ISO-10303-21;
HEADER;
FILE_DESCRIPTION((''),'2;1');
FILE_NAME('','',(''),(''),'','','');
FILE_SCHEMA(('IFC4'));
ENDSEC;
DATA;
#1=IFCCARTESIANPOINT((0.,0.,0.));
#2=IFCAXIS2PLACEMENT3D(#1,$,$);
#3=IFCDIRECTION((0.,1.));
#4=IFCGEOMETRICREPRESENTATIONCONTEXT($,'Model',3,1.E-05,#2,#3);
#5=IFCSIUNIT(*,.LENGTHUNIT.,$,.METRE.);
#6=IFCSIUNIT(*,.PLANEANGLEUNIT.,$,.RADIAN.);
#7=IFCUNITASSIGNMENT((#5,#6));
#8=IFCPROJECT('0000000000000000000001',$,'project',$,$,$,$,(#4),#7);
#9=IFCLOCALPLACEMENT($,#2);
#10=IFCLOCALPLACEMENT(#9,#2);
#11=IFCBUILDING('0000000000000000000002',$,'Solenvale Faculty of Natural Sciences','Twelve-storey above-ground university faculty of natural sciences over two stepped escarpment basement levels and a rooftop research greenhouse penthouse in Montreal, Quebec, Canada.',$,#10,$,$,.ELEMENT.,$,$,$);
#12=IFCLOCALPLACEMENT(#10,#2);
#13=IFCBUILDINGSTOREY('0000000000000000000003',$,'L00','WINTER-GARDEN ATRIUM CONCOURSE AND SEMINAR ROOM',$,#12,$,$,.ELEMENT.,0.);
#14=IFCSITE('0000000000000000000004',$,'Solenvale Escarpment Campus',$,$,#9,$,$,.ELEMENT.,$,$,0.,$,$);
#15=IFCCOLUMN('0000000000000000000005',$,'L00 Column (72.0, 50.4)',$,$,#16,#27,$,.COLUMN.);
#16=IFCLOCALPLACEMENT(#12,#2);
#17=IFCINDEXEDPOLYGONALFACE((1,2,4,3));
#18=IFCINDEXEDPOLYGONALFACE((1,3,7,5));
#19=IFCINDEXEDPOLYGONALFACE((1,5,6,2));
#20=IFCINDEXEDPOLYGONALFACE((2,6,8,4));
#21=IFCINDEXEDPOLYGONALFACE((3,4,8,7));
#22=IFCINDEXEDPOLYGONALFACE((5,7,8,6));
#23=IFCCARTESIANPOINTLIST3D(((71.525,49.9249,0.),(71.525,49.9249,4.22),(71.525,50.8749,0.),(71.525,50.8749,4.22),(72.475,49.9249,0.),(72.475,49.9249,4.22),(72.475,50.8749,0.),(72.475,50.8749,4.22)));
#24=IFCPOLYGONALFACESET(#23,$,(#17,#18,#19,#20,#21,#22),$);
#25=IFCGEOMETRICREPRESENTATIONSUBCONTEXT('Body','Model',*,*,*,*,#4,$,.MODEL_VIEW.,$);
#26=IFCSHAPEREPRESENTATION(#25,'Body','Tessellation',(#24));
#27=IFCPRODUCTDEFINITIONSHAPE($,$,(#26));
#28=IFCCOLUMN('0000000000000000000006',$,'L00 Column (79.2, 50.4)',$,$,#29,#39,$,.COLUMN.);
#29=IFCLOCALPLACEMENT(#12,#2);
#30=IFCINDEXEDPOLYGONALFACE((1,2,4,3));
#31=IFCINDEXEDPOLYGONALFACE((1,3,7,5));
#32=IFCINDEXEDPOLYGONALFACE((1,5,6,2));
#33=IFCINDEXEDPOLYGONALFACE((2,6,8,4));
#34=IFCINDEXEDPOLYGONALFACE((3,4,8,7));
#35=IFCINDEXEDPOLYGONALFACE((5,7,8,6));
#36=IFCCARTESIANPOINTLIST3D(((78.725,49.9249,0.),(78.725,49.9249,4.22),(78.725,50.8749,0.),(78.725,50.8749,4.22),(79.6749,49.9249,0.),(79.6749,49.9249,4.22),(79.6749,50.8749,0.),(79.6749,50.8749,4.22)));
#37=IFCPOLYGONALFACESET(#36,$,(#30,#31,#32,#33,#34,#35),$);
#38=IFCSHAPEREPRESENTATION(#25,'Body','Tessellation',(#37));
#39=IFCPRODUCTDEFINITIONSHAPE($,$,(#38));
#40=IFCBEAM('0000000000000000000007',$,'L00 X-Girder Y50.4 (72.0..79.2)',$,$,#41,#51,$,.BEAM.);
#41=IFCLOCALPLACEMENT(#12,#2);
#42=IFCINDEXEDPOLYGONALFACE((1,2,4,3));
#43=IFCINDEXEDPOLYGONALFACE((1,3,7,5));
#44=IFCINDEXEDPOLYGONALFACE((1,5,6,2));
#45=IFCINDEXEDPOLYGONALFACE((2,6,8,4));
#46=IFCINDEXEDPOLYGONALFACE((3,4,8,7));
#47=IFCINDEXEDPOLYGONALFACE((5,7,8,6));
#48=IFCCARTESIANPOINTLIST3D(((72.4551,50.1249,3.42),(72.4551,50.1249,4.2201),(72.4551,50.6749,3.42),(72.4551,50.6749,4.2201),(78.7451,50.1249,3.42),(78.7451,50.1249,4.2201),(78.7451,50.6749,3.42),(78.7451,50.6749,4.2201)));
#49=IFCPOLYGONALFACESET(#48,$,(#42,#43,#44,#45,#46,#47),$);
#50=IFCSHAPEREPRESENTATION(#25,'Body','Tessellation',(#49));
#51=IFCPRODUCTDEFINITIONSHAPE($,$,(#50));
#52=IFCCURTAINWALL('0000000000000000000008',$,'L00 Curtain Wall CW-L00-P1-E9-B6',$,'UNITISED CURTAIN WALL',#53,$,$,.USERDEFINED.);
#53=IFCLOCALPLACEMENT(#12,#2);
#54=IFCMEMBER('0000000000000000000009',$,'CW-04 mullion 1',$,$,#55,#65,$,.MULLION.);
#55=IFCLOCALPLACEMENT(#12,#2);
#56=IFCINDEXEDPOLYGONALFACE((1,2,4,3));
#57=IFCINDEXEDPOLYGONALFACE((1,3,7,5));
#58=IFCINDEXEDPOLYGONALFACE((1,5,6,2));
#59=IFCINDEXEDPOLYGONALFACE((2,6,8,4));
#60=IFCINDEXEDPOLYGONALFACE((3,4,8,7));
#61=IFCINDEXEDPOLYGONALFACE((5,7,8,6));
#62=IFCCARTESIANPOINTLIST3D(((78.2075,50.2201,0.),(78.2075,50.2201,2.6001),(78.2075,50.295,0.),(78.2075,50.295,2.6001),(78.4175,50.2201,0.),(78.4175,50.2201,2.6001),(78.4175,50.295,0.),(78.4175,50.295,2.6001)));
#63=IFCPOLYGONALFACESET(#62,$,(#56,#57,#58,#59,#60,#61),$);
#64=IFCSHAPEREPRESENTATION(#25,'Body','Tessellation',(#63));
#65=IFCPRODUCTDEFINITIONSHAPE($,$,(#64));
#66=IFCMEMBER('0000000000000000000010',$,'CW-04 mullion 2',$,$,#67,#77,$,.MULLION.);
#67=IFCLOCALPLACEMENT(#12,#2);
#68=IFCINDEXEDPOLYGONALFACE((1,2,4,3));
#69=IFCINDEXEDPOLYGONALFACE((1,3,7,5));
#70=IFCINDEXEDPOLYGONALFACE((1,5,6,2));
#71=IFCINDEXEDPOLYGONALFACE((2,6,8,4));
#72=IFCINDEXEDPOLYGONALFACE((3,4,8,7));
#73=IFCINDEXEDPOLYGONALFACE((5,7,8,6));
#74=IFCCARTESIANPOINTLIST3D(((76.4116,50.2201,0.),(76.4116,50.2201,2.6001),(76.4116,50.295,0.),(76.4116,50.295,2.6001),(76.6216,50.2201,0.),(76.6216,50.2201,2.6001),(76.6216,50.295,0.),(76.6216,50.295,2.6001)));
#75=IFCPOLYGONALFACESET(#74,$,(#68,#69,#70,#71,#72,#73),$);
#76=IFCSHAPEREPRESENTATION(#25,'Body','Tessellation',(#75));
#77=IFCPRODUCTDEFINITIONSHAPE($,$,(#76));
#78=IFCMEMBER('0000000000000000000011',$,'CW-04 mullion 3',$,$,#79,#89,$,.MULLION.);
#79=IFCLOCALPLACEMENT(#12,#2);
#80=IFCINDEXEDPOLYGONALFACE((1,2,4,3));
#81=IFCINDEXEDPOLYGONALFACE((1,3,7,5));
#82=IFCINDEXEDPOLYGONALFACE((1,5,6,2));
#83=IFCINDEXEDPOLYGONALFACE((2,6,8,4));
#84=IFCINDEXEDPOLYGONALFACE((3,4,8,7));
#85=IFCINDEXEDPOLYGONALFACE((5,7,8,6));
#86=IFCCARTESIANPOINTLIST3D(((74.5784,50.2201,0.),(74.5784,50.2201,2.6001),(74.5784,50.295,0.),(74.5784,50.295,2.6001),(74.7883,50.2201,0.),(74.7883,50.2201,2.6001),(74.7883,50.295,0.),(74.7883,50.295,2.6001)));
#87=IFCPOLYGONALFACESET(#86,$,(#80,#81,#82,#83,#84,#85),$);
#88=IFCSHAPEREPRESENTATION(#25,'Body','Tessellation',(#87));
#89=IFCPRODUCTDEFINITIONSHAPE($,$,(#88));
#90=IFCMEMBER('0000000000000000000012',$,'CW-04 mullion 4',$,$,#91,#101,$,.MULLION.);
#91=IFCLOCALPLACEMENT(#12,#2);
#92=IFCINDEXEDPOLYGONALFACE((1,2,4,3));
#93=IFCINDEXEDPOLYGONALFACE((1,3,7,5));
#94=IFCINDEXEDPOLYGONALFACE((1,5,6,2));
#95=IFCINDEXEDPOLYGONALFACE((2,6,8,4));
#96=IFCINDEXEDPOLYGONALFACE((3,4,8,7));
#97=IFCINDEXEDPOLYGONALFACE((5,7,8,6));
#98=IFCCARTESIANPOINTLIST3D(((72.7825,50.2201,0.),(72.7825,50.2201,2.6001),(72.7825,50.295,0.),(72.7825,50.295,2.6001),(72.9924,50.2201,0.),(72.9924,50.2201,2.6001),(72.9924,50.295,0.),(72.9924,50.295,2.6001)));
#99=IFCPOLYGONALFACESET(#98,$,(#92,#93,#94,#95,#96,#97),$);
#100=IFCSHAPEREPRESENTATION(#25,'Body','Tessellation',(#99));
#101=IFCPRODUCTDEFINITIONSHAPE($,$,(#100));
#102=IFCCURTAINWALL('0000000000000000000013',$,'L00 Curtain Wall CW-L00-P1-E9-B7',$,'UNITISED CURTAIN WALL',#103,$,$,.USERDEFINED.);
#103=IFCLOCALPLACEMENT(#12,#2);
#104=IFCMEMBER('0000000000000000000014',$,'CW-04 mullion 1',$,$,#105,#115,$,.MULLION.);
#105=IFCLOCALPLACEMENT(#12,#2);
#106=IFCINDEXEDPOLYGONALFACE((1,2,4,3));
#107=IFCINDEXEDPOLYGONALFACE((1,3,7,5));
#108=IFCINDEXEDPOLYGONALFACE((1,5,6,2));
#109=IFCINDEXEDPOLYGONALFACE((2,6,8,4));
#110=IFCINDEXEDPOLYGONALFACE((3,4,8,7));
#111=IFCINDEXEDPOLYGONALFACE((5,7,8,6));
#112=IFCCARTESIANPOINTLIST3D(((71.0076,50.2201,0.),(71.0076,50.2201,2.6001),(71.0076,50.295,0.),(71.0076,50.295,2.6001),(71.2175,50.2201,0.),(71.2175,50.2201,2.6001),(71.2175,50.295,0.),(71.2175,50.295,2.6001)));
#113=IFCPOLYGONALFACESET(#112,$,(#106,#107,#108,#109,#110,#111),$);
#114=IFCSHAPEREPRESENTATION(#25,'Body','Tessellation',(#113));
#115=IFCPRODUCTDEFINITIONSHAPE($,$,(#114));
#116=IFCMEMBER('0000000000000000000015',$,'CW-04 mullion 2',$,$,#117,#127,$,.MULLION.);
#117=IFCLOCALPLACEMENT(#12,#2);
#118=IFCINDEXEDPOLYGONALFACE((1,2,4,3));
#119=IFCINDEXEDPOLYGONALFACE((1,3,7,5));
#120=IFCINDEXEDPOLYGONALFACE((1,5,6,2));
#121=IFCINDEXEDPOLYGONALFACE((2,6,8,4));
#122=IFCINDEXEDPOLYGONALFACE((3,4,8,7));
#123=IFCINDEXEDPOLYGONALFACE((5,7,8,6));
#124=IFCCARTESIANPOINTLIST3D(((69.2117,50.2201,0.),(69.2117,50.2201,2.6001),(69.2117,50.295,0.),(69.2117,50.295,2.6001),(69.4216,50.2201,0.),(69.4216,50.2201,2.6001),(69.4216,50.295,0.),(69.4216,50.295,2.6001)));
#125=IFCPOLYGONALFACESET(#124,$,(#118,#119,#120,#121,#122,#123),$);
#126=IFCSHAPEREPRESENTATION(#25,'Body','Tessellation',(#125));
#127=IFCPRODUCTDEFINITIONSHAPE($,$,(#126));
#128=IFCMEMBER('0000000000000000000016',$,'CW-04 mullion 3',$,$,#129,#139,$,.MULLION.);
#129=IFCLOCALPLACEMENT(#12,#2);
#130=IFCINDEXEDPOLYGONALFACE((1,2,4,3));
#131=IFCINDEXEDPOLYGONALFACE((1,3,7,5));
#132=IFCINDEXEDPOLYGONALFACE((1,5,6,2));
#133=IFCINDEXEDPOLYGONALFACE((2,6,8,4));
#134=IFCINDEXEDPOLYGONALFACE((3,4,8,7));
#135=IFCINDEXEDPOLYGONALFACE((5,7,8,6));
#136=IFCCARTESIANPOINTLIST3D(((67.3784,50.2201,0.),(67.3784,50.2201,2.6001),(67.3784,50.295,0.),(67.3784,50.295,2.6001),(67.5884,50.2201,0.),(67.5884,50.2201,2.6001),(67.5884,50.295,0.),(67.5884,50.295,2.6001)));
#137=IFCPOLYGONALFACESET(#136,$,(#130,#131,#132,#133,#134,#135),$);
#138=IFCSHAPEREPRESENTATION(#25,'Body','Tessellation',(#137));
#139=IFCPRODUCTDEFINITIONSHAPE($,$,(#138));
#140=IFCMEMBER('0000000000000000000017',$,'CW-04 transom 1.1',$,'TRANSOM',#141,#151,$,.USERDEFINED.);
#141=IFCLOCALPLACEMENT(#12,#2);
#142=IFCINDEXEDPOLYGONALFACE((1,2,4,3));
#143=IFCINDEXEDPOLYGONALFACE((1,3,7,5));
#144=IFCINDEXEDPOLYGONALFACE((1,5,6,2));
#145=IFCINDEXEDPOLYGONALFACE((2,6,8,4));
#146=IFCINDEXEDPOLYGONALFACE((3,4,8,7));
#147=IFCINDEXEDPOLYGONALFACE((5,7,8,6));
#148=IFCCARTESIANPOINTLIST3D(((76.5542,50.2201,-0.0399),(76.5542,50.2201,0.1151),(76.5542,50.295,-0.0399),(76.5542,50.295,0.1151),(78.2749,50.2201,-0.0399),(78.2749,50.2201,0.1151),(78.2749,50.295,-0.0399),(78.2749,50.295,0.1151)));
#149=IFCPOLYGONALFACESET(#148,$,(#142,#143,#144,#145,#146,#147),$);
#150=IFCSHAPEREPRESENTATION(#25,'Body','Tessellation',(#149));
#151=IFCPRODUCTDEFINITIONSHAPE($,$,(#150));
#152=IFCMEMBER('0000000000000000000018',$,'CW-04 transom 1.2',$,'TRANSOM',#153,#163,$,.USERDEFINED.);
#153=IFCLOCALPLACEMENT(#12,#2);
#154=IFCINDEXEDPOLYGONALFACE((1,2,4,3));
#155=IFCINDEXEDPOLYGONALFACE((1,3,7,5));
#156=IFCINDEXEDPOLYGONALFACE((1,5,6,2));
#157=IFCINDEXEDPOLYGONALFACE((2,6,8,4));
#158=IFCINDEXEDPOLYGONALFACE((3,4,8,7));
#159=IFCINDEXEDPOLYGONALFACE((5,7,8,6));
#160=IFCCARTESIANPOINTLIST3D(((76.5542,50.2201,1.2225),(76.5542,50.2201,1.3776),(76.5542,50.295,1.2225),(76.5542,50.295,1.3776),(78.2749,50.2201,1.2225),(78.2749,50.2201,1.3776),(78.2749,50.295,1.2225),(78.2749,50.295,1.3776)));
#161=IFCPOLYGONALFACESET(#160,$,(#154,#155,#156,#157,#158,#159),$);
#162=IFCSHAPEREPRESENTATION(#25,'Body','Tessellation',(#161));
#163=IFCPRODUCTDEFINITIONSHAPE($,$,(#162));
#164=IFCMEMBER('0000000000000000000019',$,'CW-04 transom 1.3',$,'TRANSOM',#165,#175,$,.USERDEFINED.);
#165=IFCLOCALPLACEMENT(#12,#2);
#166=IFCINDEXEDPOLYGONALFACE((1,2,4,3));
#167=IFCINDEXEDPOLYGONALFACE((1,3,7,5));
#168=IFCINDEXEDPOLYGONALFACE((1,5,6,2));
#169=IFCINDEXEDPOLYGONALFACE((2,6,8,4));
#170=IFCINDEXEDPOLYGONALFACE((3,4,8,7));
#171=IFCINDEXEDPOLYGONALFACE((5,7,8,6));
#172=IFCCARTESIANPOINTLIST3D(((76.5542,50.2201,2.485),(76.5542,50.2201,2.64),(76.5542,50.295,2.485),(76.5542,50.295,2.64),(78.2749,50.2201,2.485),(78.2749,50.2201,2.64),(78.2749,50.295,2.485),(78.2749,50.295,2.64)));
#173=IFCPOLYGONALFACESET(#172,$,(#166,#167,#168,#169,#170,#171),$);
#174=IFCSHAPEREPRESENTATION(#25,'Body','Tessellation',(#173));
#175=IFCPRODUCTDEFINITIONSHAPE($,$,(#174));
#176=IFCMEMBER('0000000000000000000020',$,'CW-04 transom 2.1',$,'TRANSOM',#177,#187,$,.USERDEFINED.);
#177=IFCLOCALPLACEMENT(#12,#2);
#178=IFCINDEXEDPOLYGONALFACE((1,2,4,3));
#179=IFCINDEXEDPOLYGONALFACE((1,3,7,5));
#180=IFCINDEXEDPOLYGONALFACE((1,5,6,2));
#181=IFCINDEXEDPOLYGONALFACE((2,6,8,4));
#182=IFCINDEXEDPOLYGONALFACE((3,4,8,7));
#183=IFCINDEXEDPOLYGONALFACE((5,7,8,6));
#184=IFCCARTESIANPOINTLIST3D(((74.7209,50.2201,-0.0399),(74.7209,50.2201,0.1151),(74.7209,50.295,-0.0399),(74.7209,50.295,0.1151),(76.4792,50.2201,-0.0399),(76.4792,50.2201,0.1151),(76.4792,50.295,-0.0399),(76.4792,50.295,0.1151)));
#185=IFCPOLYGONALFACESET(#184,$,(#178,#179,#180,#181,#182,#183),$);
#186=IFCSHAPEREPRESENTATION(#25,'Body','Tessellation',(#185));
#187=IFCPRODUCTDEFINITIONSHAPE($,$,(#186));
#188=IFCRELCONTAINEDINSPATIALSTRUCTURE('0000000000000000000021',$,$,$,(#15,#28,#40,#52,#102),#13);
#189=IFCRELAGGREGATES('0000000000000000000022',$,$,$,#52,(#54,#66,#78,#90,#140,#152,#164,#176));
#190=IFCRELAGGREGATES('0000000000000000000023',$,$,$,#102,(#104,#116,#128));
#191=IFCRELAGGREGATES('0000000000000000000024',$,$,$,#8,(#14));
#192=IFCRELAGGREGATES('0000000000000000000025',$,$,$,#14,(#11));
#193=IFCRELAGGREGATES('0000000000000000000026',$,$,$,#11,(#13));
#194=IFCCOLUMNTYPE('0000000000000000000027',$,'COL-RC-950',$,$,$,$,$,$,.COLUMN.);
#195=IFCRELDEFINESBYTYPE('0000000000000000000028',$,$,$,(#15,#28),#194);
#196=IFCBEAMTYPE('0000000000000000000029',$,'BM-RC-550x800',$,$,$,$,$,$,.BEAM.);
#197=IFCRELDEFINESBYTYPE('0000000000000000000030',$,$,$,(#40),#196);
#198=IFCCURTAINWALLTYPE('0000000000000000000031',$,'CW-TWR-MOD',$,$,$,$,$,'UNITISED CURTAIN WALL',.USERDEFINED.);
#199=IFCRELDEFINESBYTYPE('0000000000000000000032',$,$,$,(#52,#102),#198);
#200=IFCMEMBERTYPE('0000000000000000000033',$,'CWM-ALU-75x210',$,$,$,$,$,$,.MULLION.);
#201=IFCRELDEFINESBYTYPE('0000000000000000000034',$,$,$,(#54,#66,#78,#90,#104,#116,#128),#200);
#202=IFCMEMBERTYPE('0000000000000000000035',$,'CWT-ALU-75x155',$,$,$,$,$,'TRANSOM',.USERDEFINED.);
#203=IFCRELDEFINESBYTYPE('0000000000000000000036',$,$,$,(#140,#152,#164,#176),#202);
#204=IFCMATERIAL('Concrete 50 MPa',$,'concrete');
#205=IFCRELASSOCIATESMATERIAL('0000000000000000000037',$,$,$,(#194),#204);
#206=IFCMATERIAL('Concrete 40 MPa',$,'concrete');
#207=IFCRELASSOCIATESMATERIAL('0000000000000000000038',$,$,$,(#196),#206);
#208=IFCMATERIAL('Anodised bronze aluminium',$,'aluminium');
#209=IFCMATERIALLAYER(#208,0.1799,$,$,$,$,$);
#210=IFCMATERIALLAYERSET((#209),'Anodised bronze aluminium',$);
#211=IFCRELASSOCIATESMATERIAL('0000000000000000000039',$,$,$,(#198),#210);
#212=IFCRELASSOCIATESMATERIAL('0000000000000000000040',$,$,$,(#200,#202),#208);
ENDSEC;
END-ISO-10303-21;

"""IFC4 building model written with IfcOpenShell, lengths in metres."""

from ifc_helpers import new_model, si_unit, direction, frame, origin, origin_2d, place, context, subcontext, project, spatial, rectangle, extrude, material, layer, layer_set, material_profile, profile_set, type_object, element, aggregate, save


model = new_model("IFC4")

# Units and contexts
model_context = context("Model", 3, precision=1e-05, world=origin(), true_north=direction((0.0, 1.0)))
body_context = subcontext(model_context, "Body", "Model", "MODEL_VIEW")
ifc_project = project(units=[si_unit("LENGTHUNIT", "METRE"), si_unit("PLANEANGLEUNIT", "RADIAN")], contexts=[model_context])

# Site, building, storey
site_placement = place(None, origin())
site = spatial("IfcSite", under=ifc_project, at=site_placement, Name="Solenvale Escarpment Campus", CompositionType="ELEMENT", RefElevation=0.0)
building_placement = place(site_placement, origin())
building = spatial("IfcBuilding", under=site, at=building_placement, Name="Solenvale Faculty of Natural Sciences", Description="Twelve-storey above-ground university faculty of natural sciences over two stepped escarpment basement levels and a rooftop research greenhouse penthouse in Montreal, Quebec, Canada.", CompositionType="ELEMENT")
storey_placement = place(building_placement, origin())
storey = spatial("IfcBuildingStorey", under=building, at=storey_placement, Name="L00", Description="WINTER-GARDEN ATRIUM CONCOURSE AND SEMINAR ROOM", CompositionType="ELEMENT", Elevation=0.0)

# Columns
ifc_material_1 = material(Name="Concrete 50 MPa", Category="concrete")
ifc_material_profile_1 = material_profile(ifc_material_1, rectangle(XDim=0.95, YDim=0.95, at=origin_2d()), Name="RC-COL-950x950")
ifc_profile_set_1 = profile_set([ifc_material_profile_1], Name="Concrete 50 MPa")
column_type = type_object("IfcColumnType", Name="COL-RC-950", PredefinedType="COLUMN", material=ifc_profile_set_1)
for number, where, z_axis, x_axis, name in (
    (1, (72.0, 50.3999, 0.0), (0.0, 0.0, 1.0), (1.0, 0.0, 0.0), "L00 Column (72.0, 50.4)"),
    (2, (79.2, 50.3999, 0.0), (0.0, 0.0, 1.0), (1.0, 0.0, 0.0), "L00 Column (79.2, 50.4)"),
):
    element("IfcColumn", number, at=place(storey_placement, frame(where, z_axis=z_axis, x_axis=x_axis)), inside=storey, type_object=column_type, Name=name, PredefinedType="COLUMN", context=body_context, shape_type="SweptSolid", body=[
        extrude(rectangle(XDim=0.95, YDim=0.95, at=origin_2d()), origin(), (0.0, 0.0, 1.0), 4.22),
    ])

# Beam
ifc_material_2 = material(Name="Concrete 40 MPa", Category="concrete")
ifc_material_profile_2 = material_profile(ifc_material_2, rectangle(XDim=0.55, YDim=0.8, at=origin_2d()), Name="RC-BM-550x800")
ifc_profile_set_2 = profile_set([ifc_material_profile_2], Name="Concrete 40 MPa")
beam_type = type_object("IfcBeamType", Name="BM-RC-550x800", PredefinedType="BEAM", material=ifc_profile_set_2)
beam_placement = place(storey_placement, frame((72.4551, 50.3999, 3.8201), z_axis=(1.0, 0.0, 0.0), x_axis=(0.0, 1.0, 0.0)))
element("IfcBeam", 3, at=beam_placement, inside=storey, type_object=beam_type, Name="L00 X-Girder Y50.4 (72.0..79.2)", PredefinedType="BEAM", context=body_context, shape_type="SweptSolid", body=[
    extrude(rectangle(XDim=0.55, YDim=0.8, at=origin_2d()), origin(), (0.0, 0.0, 1.0), 6.29),
])

# Curtain walls, members
ifc_material_3 = material(Name="Anodised bronze aluminium", Category="aluminium")
ifc_layer_1 = layer(ifc_material_3, 0.1799)
ifc_layer_set_1 = layer_set([ifc_layer_1], Name="Anodised bronze aluminium")
curtain_wall_type = type_object("IfcCurtainWallType", Name="CW-TWR-MOD", ElementType="UNITISED CURTAIN WALL", PredefinedType="USERDEFINED", material=ifc_layer_set_1)
curtain_wall_1_placement = place(storey_placement, origin())
curtain_wall_1 = element("IfcCurtainWall", 4, at=curtain_wall_1_placement, inside=storey, type_object=curtain_wall_type, Name="L00 Curtain Wall CW-L00-P1-E9-B6", ObjectType="UNITISED CURTAIN WALL", PredefinedType="USERDEFINED")
ifc_material_profile_3 = material_profile(ifc_material_3, rectangle(XDim=0.075, YDim=0.21, at=origin_2d()), Name="ALU-MUL-75x210")
ifc_profile_set_3 = profile_set([ifc_material_profile_3], Name="Anodised bronze aluminium")
member_type_1 = type_object("IfcMemberType", Name="CWM-ALU-75x210", PredefinedType="MULLION", material=ifc_profile_set_3)
member_1_placement = place(storey_placement, frame((78.3125, 50.2576, 0.0), z_axis=(0.0, 0.0, 1.0), x_axis=(0.0, -1.0, 0.0)))
member_1 = element("IfcMember", 5, at=member_1_placement, type_object=member_type_1, Name="CW-04 mullion 1", PredefinedType="MULLION", context=body_context, shape_type="SweptSolid", body=[
    extrude(rectangle(XDim=0.075, YDim=0.21, at=origin_2d()), origin(), (0.0, 0.0, 1.0), 2.6001),
])
member_2_placement = place(storey_placement, frame((76.5166, 50.2576, 0.0), z_axis=(0.0, 0.0, 1.0), x_axis=(0.0, -1.0, 0.0)))
member_2 = element("IfcMember", 6, at=member_2_placement, type_object=member_type_1, Name="CW-04 mullion 2", PredefinedType="MULLION", context=body_context, shape_type="SweptSolid", body=[
    extrude(rectangle(XDim=0.075, YDim=0.21, at=origin_2d()), origin(), (0.0, 0.0, 1.0), 2.6001),
])
member_3_placement = place(storey_placement, frame((74.6833, 50.2576, 0.0), z_axis=(0.0, 0.0, 1.0), x_axis=(0.0, -1.0, 0.0)))
member_3 = element("IfcMember", 7, at=member_3_placement, type_object=member_type_1, Name="CW-04 mullion 3", PredefinedType="MULLION", context=body_context, shape_type="SweptSolid", body=[
    extrude(rectangle(XDim=0.075, YDim=0.21, at=origin_2d()), origin(), (0.0, 0.0, 1.0), 2.6001),
])
member_4_placement = place(storey_placement, frame((72.8875, 50.2576, 0.0), z_axis=(0.0, 0.0, 1.0), x_axis=(0.0, -1.0, 0.0)))
member_4 = element("IfcMember", 8, at=member_4_placement, type_object=member_type_1, Name="CW-04 mullion 4", PredefinedType="MULLION", context=body_context, shape_type="SweptSolid", body=[
    extrude(rectangle(XDim=0.075, YDim=0.21, at=origin_2d()), origin(), (0.0, 0.0, 1.0), 2.6001),
])
curtain_wall_2_placement = place(storey_placement, origin())
curtain_wall_2 = element("IfcCurtainWall", 9, at=curtain_wall_2_placement, inside=storey, type_object=curtain_wall_type, Name="L00 Curtain Wall CW-L00-P1-E9-B7", ObjectType="UNITISED CURTAIN WALL", PredefinedType="USERDEFINED")
member_5_placement = place(storey_placement, frame((71.1125, 50.2576, 0.0), z_axis=(0.0, 0.0, 1.0), x_axis=(0.0, -1.0, 0.0)))
member_5 = element("IfcMember", 10, at=member_5_placement, type_object=member_type_1, Name="CW-04 mullion 1", PredefinedType="MULLION", context=body_context, shape_type="SweptSolid", body=[
    extrude(rectangle(XDim=0.075, YDim=0.21, at=origin_2d()), origin(), (0.0, 0.0, 1.0), 2.6001),
])
member_6_placement = place(storey_placement, frame((69.3167, 50.2576, 0.0), z_axis=(0.0, 0.0, 1.0), x_axis=(0.0, -1.0, 0.0)))
member_6 = element("IfcMember", 11, at=member_6_placement, type_object=member_type_1, Name="CW-04 mullion 2", PredefinedType="MULLION", context=body_context, shape_type="SweptSolid", body=[
    extrude(rectangle(XDim=0.075, YDim=0.21, at=origin_2d()), origin(), (0.0, 0.0, 1.0), 2.6001),
])
member_7_placement = place(storey_placement, frame((67.4834, 50.2576, 0.0), z_axis=(0.0, 0.0, 1.0), x_axis=(0.0, -1.0, 0.0)))
member_7 = element("IfcMember", 12, at=member_7_placement, type_object=member_type_1, Name="CW-04 mullion 3", PredefinedType="MULLION", context=body_context, shape_type="SweptSolid", body=[
    extrude(rectangle(XDim=0.075, YDim=0.21, at=origin_2d()), origin(), (0.0, 0.0, 1.0), 2.6001),
])

# Members
ifc_material_profile_4 = material_profile(ifc_material_3, rectangle(XDim=0.075, YDim=0.155, at=origin_2d()), Name="ALU-TRN-75x155")
ifc_profile_set_4 = profile_set([ifc_material_profile_4], Name="Anodised bronze aluminium")
member_type_2 = type_object("IfcMemberType", Name="CWT-ALU-75x155", ElementType="TRANSOM", PredefinedType="USERDEFINED", material=ifc_profile_set_4)
member_8_placement = place(storey_placement, frame((78.2749, 50.2576, 0.0376), z_axis=(-1.0, 0.0, 0.0), x_axis=(0.0, -1.0, 0.0)))
member_8 = element("IfcMember", 13, at=member_8_placement, type_object=member_type_2, Name="CW-04 transom 1.1", ObjectType="TRANSOM", PredefinedType="USERDEFINED", context=body_context, shape_type="SweptSolid", body=[
    extrude(rectangle(XDim=0.075, YDim=0.155, at=origin_2d()), origin(), (0.0, 0.0, 1.0), 1.7207),
])
member_9_placement = place(storey_placement, frame((78.2749, 50.2576, 1.3), z_axis=(-1.0, 0.0, 0.0), x_axis=(0.0, -1.0, 0.0)))
member_9 = element("IfcMember", 14, at=member_9_placement, type_object=member_type_2, Name="CW-04 transom 1.2", ObjectType="TRANSOM", PredefinedType="USERDEFINED", context=body_context, shape_type="SweptSolid", body=[
    extrude(rectangle(XDim=0.075, YDim=0.155, at=origin_2d()), origin(), (0.0, 0.0, 1.0), 1.7207),
])
member_10_placement = place(storey_placement, frame((78.2749, 50.2576, 2.5625), z_axis=(-1.0, 0.0, 0.0), x_axis=(0.0, -1.0, 0.0)))
member_10 = element("IfcMember", 15, at=member_10_placement, type_object=member_type_2, Name="CW-04 transom 1.3", ObjectType="TRANSOM", PredefinedType="USERDEFINED", context=body_context, shape_type="SweptSolid", body=[
    extrude(rectangle(XDim=0.075, YDim=0.155, at=origin_2d()), origin(), (0.0, 0.0, 1.0), 1.7207),
])
member_11_placement = place(storey_placement, frame((76.4792, 50.2576, 0.0376), z_axis=(-1.0, 0.0, 0.0), x_axis=(0.0, -1.0, 0.0)))
member_11 = element("IfcMember", 16, at=member_11_placement, type_object=member_type_2, Name="CW-04 transom 2.1", ObjectType="TRANSOM", PredefinedType="USERDEFINED", context=body_context, shape_type="SweptSolid", body=[
    extrude(rectangle(XDim=0.075, YDim=0.155, at=origin_2d()), origin(), (0.0, 0.0, 1.0), 1.7583),
])

aggregate(curtain_wall_1, [member_1, member_2, member_3, member_4, member_8, member_9, member_10, member_11])
aggregate(curtain_wall_2, [member_5, member_6, member_7])

save(model, "model.ifc")
